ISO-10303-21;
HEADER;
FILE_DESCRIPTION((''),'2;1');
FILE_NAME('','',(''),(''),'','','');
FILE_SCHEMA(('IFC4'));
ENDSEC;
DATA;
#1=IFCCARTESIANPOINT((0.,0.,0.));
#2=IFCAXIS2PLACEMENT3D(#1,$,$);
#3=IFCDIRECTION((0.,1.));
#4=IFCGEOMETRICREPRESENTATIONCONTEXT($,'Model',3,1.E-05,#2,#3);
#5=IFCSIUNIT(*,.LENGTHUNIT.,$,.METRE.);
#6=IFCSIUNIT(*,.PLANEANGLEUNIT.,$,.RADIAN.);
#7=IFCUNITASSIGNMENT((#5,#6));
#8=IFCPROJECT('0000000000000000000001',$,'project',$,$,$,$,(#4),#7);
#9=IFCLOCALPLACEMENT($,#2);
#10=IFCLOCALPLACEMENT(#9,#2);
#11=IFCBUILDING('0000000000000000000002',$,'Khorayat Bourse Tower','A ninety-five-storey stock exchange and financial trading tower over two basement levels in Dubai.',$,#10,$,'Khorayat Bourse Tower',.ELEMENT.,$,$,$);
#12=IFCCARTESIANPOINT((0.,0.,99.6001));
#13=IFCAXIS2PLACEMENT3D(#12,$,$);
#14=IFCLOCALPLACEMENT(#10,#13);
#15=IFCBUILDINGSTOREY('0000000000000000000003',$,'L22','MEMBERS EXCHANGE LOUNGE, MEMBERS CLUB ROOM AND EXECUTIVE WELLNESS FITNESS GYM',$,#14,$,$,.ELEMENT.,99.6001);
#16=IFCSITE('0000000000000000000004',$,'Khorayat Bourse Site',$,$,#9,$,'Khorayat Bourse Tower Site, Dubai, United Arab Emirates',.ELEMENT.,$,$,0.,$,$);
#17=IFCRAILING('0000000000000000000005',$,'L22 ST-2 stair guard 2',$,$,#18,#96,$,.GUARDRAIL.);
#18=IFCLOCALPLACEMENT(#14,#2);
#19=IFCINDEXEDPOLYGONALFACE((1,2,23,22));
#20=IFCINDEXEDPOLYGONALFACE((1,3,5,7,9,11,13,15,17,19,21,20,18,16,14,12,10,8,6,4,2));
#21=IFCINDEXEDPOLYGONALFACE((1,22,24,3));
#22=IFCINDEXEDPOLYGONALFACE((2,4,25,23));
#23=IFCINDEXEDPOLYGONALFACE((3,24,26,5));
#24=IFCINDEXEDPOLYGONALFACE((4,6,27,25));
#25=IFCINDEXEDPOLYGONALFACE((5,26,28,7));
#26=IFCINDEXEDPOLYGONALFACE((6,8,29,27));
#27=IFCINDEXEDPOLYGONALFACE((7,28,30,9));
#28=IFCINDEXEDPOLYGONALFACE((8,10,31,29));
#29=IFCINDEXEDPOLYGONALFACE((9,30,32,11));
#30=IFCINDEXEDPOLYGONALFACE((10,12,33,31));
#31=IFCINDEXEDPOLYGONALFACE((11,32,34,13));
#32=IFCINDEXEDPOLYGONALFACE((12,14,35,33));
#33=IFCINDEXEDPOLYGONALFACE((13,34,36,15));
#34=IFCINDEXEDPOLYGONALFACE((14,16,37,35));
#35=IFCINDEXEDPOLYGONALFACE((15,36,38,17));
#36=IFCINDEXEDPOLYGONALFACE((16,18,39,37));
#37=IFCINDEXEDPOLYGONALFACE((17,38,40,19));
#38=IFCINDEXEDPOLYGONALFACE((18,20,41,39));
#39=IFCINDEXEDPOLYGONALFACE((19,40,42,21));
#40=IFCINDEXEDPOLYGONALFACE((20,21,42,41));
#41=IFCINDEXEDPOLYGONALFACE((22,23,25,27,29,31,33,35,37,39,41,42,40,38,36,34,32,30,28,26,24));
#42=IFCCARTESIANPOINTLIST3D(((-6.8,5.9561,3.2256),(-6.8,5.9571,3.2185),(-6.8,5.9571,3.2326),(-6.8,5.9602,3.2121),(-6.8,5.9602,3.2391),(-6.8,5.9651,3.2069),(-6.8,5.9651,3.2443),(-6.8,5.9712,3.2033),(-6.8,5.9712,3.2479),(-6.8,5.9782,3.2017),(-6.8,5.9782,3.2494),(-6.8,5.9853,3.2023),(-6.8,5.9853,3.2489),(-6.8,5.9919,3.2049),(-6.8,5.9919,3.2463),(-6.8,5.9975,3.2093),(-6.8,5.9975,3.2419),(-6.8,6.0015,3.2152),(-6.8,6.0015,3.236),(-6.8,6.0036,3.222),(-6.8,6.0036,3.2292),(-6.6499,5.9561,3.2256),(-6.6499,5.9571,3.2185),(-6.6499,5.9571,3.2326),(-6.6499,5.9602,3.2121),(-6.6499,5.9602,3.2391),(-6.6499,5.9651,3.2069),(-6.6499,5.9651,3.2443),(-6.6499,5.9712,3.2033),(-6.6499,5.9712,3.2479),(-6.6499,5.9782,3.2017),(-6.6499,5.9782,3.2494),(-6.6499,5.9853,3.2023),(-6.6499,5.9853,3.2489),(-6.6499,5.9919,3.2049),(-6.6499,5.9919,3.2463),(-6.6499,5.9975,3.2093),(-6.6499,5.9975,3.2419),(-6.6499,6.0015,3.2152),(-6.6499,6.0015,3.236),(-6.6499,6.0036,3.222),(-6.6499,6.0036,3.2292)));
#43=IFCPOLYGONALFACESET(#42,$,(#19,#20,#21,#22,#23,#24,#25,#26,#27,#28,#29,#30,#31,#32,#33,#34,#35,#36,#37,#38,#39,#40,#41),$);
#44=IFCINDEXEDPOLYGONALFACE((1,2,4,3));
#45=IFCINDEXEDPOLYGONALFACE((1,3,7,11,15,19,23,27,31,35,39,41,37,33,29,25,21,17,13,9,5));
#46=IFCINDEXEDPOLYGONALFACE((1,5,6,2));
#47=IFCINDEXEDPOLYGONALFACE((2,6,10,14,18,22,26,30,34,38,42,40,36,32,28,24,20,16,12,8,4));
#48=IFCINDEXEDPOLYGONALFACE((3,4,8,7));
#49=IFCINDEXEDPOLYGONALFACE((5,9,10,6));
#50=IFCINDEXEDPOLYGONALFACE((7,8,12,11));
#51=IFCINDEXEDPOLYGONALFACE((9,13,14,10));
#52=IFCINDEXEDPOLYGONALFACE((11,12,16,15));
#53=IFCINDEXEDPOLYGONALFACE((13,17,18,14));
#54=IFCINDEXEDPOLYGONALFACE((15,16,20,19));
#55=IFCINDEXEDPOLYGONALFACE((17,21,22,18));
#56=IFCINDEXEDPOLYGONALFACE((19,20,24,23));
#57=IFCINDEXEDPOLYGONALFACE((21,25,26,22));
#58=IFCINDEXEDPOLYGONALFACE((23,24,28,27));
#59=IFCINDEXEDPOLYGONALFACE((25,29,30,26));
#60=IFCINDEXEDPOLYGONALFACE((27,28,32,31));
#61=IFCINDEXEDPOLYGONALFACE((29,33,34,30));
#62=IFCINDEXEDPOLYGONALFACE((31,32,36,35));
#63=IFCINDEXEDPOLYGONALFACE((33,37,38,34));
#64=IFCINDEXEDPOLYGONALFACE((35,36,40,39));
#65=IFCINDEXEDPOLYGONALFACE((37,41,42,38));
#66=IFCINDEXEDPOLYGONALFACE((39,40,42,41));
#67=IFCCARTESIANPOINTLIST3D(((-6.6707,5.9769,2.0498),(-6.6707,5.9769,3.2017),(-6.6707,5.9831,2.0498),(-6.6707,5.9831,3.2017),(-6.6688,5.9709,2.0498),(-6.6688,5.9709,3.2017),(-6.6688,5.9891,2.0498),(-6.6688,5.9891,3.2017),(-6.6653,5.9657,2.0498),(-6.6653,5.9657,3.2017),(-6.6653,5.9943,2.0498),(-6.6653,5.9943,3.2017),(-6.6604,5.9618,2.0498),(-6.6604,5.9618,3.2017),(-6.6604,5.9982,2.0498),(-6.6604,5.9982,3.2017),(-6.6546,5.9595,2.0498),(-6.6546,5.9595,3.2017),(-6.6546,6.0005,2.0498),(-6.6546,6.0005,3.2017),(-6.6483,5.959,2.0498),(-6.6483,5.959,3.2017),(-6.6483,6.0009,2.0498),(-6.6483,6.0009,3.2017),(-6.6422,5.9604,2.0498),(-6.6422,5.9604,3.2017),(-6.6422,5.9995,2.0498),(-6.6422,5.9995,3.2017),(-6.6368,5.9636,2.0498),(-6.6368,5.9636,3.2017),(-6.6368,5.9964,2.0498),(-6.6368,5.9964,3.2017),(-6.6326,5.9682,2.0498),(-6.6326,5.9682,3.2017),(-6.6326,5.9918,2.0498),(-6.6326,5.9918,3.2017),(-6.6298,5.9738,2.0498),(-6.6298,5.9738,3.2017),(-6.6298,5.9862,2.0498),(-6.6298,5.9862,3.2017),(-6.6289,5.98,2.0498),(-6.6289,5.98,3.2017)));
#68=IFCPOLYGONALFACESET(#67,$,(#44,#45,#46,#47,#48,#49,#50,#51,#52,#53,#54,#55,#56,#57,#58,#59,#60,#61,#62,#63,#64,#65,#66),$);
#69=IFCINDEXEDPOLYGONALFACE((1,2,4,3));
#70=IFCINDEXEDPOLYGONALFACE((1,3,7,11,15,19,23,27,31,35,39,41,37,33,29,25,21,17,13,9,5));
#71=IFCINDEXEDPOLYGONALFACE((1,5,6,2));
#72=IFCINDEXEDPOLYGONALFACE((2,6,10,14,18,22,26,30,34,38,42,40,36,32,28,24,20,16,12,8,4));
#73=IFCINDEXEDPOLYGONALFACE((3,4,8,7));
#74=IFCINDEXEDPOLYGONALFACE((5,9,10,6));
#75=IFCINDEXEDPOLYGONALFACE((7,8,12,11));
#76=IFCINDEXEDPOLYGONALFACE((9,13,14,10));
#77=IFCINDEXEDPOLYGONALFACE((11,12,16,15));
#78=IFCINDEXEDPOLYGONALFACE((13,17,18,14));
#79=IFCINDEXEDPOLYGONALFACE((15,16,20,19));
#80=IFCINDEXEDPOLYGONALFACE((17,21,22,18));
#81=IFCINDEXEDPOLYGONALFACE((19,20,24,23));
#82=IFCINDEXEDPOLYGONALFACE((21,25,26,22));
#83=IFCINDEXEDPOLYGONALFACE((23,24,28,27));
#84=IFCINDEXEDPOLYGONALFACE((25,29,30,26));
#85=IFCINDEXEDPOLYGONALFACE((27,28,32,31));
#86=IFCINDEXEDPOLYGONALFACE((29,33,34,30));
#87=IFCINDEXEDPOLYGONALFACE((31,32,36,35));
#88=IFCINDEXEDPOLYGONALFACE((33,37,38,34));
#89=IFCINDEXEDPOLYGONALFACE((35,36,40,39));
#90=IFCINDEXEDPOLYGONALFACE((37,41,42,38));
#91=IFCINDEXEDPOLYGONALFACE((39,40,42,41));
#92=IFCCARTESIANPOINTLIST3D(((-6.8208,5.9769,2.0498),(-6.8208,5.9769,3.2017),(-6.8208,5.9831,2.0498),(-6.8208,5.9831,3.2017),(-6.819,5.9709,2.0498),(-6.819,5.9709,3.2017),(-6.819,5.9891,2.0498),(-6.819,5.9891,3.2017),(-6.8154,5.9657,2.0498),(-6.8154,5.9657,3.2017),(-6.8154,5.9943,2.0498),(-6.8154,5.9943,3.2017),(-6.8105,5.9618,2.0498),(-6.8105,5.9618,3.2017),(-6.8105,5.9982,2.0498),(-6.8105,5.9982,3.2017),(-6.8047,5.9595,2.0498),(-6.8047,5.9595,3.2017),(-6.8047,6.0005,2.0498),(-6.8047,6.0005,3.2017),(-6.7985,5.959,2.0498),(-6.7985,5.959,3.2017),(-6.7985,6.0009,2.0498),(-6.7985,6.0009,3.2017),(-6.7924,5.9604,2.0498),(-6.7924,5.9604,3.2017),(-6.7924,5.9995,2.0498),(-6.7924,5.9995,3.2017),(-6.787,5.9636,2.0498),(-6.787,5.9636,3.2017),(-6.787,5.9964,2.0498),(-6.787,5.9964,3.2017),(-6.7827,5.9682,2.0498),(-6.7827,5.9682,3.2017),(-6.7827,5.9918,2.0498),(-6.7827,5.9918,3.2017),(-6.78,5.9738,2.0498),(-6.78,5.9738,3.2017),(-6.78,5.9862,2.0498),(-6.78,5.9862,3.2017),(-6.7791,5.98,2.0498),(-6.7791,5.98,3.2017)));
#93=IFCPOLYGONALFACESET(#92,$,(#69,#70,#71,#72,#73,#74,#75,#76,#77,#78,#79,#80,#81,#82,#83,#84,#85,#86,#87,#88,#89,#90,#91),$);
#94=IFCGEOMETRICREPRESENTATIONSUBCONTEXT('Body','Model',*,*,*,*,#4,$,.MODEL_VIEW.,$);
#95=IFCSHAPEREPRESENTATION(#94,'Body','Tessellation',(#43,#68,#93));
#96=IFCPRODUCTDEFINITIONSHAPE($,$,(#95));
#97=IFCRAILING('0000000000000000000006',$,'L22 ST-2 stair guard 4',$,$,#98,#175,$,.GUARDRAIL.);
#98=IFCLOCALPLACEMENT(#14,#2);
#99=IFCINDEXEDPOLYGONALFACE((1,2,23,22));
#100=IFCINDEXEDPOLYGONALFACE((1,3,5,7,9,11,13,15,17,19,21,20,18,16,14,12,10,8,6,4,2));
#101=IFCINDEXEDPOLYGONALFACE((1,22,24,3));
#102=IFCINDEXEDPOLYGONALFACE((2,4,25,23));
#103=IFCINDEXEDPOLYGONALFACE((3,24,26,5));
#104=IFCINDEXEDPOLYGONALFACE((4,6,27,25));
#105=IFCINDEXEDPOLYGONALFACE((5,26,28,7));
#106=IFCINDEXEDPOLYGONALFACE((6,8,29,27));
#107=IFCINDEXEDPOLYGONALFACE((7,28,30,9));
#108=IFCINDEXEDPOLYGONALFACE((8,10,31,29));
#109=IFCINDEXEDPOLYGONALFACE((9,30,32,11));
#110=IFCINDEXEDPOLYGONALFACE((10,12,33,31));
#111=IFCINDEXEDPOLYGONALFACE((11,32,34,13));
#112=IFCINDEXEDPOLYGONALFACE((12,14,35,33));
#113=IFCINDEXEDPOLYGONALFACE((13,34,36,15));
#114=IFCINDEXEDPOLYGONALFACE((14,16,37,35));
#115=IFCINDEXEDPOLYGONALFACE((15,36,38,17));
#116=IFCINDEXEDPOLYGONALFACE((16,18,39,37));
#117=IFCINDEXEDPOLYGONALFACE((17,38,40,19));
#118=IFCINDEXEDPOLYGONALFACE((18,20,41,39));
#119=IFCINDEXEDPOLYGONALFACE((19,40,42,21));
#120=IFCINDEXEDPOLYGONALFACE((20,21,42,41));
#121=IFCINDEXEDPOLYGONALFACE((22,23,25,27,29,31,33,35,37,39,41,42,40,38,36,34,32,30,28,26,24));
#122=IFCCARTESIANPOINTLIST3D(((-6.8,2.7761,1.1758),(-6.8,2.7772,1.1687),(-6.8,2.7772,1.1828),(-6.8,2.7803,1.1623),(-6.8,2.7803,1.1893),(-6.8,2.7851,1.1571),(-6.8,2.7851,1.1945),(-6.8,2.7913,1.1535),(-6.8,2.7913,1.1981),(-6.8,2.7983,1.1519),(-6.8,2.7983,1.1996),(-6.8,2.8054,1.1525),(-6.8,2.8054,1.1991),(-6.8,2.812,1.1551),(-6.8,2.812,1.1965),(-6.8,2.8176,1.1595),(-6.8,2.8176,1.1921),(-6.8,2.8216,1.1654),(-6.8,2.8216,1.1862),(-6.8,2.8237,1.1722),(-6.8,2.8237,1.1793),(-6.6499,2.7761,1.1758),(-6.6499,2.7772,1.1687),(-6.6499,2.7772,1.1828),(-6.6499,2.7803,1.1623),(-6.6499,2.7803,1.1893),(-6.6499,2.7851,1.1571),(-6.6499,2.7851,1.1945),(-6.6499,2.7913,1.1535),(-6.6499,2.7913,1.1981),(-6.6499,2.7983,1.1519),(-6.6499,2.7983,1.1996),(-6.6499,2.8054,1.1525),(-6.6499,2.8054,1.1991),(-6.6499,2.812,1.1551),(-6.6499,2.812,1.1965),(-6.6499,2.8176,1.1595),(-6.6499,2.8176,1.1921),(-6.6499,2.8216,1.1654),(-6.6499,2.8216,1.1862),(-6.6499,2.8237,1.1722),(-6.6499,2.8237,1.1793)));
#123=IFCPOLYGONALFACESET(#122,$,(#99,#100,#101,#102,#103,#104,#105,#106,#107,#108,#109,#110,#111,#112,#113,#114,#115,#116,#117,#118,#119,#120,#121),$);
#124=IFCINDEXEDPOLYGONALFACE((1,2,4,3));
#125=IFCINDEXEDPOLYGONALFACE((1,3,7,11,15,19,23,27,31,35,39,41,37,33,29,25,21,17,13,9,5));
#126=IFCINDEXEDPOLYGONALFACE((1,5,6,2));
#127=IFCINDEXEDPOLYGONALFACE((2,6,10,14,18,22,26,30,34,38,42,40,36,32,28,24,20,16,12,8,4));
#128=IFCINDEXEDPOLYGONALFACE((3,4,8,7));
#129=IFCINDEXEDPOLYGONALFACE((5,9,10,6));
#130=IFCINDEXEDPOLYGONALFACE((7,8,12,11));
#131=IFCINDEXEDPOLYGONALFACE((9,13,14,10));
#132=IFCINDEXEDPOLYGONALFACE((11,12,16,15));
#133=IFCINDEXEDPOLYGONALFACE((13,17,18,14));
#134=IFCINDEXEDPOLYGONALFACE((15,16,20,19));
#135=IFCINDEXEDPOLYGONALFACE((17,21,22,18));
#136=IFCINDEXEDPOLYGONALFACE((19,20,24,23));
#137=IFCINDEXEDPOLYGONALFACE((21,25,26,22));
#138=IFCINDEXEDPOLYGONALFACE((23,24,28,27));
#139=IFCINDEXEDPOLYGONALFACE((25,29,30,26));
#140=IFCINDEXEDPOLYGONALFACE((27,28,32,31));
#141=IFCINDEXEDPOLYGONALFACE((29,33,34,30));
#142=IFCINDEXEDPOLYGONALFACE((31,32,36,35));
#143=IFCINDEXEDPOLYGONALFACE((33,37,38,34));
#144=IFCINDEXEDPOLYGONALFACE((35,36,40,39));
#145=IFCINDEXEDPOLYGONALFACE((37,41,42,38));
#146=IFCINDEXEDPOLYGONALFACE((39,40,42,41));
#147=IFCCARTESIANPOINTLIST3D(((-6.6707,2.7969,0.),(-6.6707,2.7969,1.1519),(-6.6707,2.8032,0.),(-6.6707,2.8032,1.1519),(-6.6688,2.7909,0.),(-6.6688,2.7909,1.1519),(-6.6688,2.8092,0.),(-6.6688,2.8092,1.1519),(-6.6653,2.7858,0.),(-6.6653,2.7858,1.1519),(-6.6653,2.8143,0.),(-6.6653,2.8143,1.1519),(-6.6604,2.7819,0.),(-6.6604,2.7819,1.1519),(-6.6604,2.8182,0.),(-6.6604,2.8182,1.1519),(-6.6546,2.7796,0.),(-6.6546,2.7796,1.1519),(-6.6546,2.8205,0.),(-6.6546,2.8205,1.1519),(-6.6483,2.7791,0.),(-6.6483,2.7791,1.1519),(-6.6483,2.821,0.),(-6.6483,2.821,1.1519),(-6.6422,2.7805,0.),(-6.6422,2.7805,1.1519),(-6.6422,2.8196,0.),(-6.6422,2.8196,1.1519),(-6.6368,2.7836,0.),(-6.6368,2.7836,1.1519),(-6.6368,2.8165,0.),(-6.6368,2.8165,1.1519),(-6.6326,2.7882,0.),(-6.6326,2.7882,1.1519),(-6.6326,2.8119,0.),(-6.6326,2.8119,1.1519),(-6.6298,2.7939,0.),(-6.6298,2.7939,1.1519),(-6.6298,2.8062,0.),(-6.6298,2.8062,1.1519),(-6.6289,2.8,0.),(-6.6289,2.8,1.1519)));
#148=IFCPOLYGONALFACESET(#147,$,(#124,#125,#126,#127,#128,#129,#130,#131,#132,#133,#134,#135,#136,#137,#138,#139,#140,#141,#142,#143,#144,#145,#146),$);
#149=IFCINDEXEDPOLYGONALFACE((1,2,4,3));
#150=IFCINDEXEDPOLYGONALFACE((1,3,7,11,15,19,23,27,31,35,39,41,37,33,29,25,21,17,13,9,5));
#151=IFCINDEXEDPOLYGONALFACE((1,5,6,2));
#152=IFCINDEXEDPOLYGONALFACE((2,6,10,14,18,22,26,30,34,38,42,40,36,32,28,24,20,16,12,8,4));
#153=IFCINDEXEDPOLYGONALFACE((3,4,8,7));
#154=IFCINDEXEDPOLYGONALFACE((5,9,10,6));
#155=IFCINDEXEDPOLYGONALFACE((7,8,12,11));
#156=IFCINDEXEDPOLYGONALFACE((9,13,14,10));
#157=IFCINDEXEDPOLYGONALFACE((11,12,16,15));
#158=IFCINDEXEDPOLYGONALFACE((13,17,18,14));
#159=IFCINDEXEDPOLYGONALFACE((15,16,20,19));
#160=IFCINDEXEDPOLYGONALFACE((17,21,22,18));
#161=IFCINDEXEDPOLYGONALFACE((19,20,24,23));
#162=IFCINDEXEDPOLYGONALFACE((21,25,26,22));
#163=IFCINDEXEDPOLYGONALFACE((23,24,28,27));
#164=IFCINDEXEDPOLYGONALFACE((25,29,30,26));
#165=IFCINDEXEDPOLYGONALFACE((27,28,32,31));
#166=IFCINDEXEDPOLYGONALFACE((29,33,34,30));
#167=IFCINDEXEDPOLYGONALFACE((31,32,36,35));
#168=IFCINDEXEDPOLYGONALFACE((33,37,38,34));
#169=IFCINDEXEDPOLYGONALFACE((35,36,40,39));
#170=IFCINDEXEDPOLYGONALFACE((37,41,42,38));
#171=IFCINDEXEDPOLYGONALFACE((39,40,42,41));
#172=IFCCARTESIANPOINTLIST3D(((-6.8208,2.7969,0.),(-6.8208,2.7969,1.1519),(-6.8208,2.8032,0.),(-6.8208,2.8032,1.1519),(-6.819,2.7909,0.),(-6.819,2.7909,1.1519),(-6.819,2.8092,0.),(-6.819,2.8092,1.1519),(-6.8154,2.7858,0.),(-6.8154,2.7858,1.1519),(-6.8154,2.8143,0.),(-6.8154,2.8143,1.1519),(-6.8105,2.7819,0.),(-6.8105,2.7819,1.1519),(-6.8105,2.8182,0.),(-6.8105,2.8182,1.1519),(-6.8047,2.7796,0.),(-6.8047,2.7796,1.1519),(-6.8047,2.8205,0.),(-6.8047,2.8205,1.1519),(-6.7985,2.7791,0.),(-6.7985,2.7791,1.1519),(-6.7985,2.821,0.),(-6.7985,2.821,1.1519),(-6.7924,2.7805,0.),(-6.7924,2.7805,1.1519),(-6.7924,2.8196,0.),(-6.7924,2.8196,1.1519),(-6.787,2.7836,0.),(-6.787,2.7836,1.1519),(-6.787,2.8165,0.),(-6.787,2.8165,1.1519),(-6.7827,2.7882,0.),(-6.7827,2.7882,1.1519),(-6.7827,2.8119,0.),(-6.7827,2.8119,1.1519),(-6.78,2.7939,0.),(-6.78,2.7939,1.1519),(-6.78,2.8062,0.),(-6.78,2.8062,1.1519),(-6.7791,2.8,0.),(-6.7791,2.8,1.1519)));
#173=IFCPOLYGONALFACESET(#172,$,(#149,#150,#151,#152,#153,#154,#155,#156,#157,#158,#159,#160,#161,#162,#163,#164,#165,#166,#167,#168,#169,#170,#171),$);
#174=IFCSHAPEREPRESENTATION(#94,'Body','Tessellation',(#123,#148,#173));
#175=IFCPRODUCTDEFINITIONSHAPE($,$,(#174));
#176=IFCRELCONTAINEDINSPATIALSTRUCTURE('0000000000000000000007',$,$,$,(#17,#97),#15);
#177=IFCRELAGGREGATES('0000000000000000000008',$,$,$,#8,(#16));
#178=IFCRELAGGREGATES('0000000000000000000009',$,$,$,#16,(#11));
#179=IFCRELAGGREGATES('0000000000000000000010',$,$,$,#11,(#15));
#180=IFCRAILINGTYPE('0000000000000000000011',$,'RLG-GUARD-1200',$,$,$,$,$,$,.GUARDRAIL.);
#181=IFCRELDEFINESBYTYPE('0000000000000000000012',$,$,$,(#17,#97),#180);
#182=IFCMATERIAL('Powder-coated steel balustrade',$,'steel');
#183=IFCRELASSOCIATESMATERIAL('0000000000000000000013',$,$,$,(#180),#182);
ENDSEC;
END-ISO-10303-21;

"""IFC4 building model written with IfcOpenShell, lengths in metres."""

from ifc_helpers import new_model, si_unit, direction, frame, origin, origin_2d, place, context, subcontext, project, spatial, circle, extrude, source, transform, mapped, material, type_object, element, save


model = new_model("IFC4")

# Units and contexts
model_context = context("Model", 3, precision=1e-05, world=origin(), true_north=direction((0.0, 1.0)))
body_context = subcontext(model_context, "Body", "Model", "MODEL_VIEW")
ifc_project = project(units=[si_unit("LENGTHUNIT", "METRE"), si_unit("PLANEANGLEUNIT", "RADIAN")], contexts=[model_context])

# Site, building, storey
site_placement = place(None, origin())
site = spatial("IfcSite", under=ifc_project, at=site_placement, Name="Khorayat Bourse Site", LongName="Khorayat Bourse Tower Site, Dubai, United Arab Emirates", CompositionType="ELEMENT", RefElevation=0.0)
building_placement = place(site_placement, origin())
building = spatial("IfcBuilding", under=site, at=building_placement, Name="Khorayat Bourse Tower", Description="A ninety-five-storey stock exchange and financial trading tower over two basement levels in Dubai.", LongName="Khorayat Bourse Tower", CompositionType="ELEMENT")
storey_placement = place(building_placement, frame((0.0, 0.0, 99.6001)))
storey = spatial("IfcBuildingStorey", under=building, at=storey_placement, Name="L22", Description="MEMBERS EXCHANGE LOUNGE, MEMBERS CLUB ROOM AND EXECUTIVE WELLNESS FITNESS GYM", CompositionType="ELEMENT", Elevation=99.6001)

# Railings
ifc_material_1 = material(Name="Powder-coated steel balustrade", Category="steel")
railing_type_1 = type_object("IfcRailingType", Name="RLG-GUARD-1200", PredefinedType="GUARDRAIL", material=ifc_material_1)
shared_shape_1 = source(origin(), body_context, "Body", "SweptSolid", [
    extrude(circle(Radius=0.0239, at=origin_2d()), frame((0.0, 0.0, 1.1758), z_axis=(-1.0, 0.0, 0.0), x_axis=(0.0, -1.0, 0.0)), (0.0, 0.0, 1.0), 0.1501),
    extrude(circle(Radius=0.021, at=origin_2d()), origin(), (0.0, 0.0, 1.0), 1.1519),
    extrude(circle(Radius=0.021, at=origin_2d()), frame((-0.1501, 0.0, 0.0)), (0.0, 0.0, 1.0), 1.1519),
])
for number, where, name in (
    (1, (-6.6499, 5.98, 2.0498), "L22 ST-2 stair guard 2"),
    (2, (-6.6499, 2.8, 0.0), "L22 ST-2 stair guard 4"),
):
    element("IfcRailing", number, at=place(storey_placement, frame(where)), inside=storey, type_object=railing_type_1, Name=name, PredefinedType="GUARDRAIL", context=body_context, shape_type="MappedRepresentation", body=[
        mapped(shared_shape_1, transform((0.0, 0.0, 0.0), scale=1.0)),
    ])

save(model, "model.ifc")
